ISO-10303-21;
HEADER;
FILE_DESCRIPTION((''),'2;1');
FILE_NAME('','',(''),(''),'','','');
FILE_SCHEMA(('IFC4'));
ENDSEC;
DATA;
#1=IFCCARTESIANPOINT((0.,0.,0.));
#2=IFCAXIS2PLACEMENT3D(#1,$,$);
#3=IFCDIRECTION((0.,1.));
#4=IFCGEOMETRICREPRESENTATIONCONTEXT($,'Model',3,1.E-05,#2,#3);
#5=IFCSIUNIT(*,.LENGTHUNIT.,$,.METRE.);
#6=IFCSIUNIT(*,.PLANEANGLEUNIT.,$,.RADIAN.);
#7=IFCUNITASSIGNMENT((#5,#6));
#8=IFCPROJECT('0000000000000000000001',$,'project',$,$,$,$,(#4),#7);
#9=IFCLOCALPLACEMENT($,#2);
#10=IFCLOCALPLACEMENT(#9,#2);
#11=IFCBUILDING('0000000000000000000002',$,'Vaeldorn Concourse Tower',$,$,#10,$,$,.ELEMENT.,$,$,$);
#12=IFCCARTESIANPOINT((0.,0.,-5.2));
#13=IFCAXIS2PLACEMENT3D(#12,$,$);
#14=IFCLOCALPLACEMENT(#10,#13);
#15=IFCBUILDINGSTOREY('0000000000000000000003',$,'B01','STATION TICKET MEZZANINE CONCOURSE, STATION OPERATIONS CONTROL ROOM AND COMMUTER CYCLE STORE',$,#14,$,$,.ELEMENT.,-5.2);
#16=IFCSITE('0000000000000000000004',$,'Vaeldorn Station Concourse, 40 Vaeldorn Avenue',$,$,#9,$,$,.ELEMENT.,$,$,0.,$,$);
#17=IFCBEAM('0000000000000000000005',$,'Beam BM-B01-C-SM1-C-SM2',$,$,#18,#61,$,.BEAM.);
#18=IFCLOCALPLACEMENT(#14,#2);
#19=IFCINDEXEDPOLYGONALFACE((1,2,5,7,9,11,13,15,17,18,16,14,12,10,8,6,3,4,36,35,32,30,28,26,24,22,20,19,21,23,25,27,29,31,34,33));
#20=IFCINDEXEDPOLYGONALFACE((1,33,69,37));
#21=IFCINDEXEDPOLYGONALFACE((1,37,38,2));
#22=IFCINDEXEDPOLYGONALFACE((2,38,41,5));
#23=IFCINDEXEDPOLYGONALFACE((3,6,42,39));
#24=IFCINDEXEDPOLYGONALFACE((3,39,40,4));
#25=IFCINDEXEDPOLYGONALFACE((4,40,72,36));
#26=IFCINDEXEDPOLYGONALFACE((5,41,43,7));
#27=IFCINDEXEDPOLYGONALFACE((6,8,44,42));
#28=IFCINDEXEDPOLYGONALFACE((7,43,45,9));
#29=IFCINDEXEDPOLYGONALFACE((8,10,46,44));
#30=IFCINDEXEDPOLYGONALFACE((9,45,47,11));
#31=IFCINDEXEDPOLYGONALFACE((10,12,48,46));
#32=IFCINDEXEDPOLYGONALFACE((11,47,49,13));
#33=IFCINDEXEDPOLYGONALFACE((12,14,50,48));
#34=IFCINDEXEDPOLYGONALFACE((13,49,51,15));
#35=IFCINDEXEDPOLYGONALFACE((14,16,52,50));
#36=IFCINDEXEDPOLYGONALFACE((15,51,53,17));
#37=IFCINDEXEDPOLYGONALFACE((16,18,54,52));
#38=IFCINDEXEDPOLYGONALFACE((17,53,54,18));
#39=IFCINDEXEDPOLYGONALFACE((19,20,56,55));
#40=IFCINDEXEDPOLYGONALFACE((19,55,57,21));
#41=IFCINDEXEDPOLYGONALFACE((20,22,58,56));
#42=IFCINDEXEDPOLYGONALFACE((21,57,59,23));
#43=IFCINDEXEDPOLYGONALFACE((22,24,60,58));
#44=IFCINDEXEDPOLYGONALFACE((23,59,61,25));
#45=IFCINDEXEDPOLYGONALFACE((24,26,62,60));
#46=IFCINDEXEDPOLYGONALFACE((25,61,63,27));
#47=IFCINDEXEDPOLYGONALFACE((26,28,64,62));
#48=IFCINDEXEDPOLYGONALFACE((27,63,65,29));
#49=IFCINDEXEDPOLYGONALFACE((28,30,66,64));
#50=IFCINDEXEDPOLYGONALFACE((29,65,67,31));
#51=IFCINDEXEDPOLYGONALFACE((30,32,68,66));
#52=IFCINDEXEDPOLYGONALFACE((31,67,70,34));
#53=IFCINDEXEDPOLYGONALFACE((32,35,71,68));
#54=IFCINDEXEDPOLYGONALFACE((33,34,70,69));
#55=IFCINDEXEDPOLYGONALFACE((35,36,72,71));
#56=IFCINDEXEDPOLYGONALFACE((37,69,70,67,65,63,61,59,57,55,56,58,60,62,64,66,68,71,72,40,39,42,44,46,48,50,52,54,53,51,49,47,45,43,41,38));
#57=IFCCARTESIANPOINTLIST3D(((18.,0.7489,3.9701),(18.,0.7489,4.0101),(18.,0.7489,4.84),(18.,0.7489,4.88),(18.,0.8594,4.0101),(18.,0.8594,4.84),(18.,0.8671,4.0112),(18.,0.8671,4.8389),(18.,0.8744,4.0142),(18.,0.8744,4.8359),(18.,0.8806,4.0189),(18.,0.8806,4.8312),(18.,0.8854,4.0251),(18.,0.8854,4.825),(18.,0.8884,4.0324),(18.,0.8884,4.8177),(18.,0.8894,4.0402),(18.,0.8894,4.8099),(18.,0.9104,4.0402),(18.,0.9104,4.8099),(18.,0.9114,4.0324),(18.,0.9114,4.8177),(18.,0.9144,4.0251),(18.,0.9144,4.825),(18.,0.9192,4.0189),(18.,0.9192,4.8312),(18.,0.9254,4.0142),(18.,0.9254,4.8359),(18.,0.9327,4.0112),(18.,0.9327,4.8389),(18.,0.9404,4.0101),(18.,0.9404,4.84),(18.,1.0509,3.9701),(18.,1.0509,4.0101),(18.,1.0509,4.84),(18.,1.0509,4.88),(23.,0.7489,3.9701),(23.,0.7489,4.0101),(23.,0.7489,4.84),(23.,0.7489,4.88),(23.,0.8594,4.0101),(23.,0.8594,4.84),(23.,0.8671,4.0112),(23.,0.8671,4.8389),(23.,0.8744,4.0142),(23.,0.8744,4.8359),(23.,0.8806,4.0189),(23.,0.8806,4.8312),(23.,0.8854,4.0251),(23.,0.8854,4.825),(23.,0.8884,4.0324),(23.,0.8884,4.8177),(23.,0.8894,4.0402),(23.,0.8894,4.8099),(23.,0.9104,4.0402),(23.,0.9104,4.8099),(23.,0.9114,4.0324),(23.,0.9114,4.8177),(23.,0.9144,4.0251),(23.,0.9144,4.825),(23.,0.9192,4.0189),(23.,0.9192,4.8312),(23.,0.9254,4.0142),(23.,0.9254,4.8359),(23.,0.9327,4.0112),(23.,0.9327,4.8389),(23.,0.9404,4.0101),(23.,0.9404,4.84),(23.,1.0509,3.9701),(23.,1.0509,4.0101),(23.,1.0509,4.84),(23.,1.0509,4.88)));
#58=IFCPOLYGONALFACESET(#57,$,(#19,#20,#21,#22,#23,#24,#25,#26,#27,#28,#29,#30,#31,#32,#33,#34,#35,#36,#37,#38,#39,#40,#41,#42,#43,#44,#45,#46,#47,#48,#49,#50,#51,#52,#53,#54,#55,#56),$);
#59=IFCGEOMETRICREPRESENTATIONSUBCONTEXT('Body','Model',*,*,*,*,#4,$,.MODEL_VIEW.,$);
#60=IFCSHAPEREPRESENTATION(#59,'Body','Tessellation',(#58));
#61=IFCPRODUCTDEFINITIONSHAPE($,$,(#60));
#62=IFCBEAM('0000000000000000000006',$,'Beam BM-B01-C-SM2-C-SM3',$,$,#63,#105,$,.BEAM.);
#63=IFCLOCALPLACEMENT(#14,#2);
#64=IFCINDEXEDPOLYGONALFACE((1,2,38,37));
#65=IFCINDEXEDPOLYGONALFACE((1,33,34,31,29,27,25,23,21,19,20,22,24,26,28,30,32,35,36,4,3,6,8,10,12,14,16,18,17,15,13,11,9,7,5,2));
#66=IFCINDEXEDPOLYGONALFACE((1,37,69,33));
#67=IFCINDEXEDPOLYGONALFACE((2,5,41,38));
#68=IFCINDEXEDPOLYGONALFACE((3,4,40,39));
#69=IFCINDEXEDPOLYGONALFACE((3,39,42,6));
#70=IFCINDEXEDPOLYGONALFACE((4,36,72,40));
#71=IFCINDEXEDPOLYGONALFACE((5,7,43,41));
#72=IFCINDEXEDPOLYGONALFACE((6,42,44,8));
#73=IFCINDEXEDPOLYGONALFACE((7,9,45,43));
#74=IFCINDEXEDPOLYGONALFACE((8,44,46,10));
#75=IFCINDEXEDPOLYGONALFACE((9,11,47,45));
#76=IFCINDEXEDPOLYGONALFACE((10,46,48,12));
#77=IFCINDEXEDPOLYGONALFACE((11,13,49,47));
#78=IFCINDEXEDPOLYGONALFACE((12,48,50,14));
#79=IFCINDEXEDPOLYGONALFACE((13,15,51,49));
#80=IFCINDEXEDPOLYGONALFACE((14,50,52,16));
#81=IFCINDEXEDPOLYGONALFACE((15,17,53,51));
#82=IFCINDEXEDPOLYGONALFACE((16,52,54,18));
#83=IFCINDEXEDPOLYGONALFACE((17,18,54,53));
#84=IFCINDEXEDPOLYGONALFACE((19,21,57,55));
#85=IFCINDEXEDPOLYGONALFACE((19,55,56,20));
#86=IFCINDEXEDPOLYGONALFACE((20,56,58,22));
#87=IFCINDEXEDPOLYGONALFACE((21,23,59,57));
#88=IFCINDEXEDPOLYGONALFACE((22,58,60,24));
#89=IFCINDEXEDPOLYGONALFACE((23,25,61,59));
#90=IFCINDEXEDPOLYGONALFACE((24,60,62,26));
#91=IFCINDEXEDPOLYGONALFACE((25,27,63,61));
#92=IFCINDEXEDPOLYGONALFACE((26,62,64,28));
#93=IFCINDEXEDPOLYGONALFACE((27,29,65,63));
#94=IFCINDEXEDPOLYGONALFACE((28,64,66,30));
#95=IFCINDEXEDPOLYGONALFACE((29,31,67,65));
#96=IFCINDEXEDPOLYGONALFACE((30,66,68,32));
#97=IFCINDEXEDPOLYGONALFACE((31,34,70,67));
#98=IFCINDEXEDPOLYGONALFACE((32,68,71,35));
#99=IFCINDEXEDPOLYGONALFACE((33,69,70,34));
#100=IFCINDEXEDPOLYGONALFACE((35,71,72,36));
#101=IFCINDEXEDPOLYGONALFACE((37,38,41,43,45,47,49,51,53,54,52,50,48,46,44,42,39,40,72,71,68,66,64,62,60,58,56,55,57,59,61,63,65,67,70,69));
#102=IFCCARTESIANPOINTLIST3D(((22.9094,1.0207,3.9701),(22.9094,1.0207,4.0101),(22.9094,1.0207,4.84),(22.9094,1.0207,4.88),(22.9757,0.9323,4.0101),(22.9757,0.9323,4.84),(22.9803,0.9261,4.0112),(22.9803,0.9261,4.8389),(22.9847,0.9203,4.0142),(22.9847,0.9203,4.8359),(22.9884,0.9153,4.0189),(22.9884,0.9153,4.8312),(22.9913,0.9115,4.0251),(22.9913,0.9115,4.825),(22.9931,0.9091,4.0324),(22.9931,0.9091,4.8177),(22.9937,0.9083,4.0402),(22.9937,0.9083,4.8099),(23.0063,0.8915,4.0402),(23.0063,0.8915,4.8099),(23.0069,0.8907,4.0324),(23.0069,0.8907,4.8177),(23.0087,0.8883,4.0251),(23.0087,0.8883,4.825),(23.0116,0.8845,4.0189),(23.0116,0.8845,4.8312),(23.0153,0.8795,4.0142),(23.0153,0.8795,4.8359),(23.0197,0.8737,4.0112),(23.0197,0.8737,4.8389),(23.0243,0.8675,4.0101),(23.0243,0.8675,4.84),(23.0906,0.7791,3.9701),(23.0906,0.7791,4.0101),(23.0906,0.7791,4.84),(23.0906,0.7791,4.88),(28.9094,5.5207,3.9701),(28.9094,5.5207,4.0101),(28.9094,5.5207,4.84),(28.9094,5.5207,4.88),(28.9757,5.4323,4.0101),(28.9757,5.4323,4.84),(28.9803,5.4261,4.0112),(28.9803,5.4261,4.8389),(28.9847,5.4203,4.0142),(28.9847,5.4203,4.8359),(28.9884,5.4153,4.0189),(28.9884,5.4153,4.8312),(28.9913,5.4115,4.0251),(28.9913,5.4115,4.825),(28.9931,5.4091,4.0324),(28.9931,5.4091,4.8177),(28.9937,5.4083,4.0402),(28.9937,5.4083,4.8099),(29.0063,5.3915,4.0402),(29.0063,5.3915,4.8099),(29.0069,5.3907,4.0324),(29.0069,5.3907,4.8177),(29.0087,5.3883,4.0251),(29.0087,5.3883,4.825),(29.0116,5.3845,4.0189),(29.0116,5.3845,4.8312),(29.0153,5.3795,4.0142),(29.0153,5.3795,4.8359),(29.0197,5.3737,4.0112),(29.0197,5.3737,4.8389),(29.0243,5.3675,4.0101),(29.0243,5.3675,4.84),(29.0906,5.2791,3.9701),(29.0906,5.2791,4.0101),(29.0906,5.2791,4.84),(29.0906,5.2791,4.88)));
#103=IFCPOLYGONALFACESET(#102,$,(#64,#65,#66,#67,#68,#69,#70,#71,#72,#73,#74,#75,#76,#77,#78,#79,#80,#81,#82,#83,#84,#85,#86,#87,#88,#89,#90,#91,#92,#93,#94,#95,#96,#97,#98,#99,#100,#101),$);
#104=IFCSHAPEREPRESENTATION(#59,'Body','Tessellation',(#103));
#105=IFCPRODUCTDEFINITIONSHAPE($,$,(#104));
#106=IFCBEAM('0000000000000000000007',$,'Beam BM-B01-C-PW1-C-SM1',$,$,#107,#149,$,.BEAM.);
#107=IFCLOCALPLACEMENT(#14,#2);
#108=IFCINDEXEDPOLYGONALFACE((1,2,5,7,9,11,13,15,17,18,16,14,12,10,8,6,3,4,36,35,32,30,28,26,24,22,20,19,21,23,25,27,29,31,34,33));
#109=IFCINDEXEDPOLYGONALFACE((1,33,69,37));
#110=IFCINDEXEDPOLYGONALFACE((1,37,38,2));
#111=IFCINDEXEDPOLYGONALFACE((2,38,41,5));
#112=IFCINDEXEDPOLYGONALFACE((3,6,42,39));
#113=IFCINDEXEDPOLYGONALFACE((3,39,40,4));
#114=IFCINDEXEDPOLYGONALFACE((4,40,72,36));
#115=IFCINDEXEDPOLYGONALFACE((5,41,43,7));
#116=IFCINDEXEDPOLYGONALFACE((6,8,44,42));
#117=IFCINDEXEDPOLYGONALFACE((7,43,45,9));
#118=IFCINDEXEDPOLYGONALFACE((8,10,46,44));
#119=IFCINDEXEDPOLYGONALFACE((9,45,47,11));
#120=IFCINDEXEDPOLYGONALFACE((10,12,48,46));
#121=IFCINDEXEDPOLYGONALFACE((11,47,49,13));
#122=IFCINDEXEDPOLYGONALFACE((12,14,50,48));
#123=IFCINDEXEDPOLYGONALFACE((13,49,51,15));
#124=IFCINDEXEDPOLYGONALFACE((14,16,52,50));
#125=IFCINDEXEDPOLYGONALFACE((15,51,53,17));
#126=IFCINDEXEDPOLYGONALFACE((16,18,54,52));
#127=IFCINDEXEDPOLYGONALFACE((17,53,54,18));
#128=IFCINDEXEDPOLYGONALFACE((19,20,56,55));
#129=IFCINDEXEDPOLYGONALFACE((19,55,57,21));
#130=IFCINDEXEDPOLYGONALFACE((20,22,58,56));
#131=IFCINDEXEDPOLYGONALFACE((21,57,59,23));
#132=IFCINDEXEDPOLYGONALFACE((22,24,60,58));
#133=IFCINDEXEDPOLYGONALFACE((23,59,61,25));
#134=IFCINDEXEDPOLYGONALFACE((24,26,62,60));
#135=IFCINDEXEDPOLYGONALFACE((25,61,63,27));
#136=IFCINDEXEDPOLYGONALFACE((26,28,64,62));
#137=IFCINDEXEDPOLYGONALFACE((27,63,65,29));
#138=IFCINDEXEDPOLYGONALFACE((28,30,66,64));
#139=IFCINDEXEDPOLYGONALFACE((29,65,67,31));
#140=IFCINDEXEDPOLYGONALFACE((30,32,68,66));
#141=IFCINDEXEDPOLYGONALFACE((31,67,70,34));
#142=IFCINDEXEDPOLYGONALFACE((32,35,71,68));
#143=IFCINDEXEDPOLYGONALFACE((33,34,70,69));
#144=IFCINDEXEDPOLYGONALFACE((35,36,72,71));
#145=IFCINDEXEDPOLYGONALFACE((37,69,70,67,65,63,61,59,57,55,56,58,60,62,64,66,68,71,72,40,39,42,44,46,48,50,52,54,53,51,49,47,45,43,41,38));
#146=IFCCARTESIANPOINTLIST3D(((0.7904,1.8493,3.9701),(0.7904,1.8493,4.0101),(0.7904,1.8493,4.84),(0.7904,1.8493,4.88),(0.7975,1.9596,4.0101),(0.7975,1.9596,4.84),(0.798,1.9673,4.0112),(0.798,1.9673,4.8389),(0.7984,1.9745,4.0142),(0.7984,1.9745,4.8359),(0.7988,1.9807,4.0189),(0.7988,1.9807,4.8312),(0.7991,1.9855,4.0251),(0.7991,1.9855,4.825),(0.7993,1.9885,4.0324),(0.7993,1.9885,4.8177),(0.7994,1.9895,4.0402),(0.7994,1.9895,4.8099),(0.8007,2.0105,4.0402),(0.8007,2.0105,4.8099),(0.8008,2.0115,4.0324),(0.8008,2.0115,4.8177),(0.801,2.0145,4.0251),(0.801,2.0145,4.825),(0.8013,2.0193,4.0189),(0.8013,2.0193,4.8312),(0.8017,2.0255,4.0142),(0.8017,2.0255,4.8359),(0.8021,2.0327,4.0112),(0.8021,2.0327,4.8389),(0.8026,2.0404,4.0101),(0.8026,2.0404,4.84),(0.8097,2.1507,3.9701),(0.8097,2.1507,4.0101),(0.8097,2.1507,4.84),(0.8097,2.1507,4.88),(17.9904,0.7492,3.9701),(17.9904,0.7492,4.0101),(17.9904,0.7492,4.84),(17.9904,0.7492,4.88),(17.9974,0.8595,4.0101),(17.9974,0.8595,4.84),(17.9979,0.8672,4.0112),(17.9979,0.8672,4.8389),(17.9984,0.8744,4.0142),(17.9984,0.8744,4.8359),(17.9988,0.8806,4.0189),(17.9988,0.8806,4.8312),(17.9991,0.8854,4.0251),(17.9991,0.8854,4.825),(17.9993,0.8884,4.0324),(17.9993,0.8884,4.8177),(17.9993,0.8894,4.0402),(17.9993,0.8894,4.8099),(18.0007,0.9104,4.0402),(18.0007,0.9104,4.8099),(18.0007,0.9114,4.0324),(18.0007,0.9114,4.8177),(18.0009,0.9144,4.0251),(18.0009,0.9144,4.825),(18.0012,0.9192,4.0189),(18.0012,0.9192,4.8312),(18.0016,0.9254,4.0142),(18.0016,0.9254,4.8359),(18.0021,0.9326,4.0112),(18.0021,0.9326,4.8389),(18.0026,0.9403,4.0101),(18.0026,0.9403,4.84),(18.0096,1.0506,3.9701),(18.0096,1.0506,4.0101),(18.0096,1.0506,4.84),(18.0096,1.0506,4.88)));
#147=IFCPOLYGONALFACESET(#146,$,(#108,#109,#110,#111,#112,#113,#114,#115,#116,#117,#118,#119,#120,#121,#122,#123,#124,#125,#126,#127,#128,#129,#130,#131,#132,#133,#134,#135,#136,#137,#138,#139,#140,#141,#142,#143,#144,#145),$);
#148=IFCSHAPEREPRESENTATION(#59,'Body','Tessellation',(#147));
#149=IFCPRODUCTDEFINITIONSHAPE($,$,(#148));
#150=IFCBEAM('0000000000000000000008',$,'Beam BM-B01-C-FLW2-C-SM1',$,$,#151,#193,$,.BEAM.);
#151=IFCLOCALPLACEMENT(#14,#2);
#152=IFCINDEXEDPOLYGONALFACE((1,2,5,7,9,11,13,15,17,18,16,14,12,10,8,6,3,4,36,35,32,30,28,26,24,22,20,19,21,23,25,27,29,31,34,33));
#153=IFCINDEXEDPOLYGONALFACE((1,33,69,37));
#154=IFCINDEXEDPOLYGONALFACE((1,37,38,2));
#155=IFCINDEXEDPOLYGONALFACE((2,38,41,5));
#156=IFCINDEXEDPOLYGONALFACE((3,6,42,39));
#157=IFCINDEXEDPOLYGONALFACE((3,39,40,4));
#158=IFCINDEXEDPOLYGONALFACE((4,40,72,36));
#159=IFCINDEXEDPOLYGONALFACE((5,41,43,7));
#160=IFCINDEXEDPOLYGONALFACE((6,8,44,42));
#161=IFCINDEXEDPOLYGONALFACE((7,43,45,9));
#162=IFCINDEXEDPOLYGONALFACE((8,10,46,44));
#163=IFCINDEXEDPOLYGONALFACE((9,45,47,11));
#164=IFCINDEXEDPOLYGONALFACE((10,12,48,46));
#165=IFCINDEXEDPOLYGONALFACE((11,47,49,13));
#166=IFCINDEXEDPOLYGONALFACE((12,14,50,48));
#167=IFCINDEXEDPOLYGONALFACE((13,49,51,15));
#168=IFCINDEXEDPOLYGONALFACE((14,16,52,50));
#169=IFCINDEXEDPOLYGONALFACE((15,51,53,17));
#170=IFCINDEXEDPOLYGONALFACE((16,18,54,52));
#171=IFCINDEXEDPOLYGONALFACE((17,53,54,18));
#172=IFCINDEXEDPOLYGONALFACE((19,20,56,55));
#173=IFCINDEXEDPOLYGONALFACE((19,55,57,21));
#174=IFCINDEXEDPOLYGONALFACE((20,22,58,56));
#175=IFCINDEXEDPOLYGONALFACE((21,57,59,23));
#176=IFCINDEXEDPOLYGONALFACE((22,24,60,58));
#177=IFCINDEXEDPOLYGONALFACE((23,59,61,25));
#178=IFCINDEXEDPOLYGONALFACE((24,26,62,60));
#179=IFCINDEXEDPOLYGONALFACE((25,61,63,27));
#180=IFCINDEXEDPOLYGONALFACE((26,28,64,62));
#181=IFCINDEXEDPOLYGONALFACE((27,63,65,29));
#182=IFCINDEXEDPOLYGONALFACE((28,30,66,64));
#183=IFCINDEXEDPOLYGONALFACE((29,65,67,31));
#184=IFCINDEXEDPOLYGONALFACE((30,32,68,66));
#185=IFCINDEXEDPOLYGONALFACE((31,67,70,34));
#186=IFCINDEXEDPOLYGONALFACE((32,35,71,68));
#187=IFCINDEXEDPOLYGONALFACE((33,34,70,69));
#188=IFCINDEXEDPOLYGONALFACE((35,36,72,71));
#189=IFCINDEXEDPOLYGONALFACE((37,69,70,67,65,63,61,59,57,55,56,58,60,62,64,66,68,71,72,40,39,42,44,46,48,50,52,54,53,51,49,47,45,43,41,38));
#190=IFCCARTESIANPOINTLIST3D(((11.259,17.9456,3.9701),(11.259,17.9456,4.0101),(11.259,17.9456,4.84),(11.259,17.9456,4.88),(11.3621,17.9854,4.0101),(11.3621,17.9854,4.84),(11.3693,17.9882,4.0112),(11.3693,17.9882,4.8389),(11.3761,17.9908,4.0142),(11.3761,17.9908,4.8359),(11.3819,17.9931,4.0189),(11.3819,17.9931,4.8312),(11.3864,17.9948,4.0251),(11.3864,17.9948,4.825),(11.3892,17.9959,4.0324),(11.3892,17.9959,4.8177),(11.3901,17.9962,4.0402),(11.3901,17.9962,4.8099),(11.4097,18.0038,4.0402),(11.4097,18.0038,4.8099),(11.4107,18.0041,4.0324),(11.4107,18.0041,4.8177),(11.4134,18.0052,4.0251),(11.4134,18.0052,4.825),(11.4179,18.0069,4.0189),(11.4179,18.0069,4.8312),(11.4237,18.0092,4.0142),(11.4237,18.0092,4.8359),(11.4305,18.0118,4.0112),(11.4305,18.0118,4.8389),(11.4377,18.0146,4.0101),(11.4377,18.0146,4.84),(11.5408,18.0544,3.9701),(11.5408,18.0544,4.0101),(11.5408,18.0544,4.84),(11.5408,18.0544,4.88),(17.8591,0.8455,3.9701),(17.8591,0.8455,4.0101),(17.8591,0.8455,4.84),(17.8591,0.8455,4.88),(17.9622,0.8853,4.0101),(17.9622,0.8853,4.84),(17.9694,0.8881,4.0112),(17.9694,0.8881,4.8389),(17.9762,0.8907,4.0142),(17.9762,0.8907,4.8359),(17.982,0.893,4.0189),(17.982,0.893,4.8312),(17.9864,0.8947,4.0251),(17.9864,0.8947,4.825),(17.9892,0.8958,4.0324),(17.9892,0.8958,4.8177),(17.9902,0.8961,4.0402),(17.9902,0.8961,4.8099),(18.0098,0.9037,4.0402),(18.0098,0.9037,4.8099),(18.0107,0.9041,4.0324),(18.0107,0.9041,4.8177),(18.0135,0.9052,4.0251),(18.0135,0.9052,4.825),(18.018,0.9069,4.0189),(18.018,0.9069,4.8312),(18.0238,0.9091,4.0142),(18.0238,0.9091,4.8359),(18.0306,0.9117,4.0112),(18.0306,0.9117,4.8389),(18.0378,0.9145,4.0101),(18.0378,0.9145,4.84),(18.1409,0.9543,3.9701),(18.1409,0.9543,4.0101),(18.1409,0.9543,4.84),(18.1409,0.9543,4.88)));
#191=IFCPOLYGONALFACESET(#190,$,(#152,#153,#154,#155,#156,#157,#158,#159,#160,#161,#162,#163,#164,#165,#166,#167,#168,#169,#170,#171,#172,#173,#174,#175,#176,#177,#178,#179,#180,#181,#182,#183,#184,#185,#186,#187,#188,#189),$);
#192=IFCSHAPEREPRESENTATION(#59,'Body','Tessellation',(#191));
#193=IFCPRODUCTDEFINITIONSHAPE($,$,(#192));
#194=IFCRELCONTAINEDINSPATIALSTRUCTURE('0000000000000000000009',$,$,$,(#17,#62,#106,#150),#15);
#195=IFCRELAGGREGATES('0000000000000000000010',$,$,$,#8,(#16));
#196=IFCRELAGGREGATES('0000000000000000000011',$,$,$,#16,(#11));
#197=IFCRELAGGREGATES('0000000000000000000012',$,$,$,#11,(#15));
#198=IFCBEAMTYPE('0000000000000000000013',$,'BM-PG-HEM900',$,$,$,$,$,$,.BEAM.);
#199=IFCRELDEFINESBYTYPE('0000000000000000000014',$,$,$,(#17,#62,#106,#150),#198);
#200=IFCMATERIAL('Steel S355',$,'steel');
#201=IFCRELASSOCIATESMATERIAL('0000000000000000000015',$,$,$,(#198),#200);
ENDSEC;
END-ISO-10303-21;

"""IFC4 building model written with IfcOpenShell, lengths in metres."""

from ifc_helpers import new_model, si_unit, direction, frame, origin, origin_2d, place, context, subcontext, project, spatial, i_section, extrude, source, transform, mapped, material, material_profile, profile_set, type_object, element, save


model = new_model("IFC4")

# Units and contexts
model_context = context("Model", 3, precision=1e-05, world=origin(), true_north=direction((0.0, 1.0)))
body_context = subcontext(model_context, "Body", "Model", "MODEL_VIEW")
ifc_project = project(units=[si_unit("LENGTHUNIT", "METRE"), si_unit("PLANEANGLEUNIT", "RADIAN")], contexts=[model_context])

# Site, building, storey
site_placement = place(None, origin())
site = spatial("IfcSite", under=ifc_project, at=site_placement, Name="Vaeldorn Station Concourse, 40 Vaeldorn Avenue", CompositionType="ELEMENT", RefElevation=0.0)
building_placement = place(site_placement, origin())
building = spatial("IfcBuilding", under=site, at=building_placement, Name="Vaeldorn Concourse Tower", CompositionType="ELEMENT")
storey_placement = place(building_placement, frame((0.0, 0.0, -5.2)))
storey = spatial("IfcBuildingStorey", under=building, at=storey_placement, Name="B01", Description="STATION TICKET MEZZANINE CONCOURSE, STATION OPERATIONS CONTROL ROOM AND COMMUTER CYCLE STORE", CompositionType="ELEMENT", Elevation=-5.2)

# Beams
ifc_material_1 = material(Name="Steel S355", Category="steel")
ifc_material_profile_1 = material_profile(ifc_material_1, i_section(OverallWidth=0.302, OverallDepth=0.9099, WebThickness=0.021, FlangeThickness=0.04, FilletRadius=0.03, at=origin_2d()), Name="HEM 900")
ifc_profile_set_1 = profile_set([ifc_material_profile_1], Name="Steel S355")
beam_type_1 = type_object("IfcBeamType", Name="BM-PG-HEM900", PredefinedType="BEAM", material=ifc_profile_set_1)
shared_shape_1 = source(origin(), body_context, "Body", "SweptSolid", [
    extrude(i_section(OverallWidth=0.302, OverallDepth=0.9099, WebThickness=0.021, FlangeThickness=0.04, FilletRadius=0.03, at=origin_2d()), origin(), (0.0, 0.0, 1.0), 5.0),
])
beam_1_placement = place(storey_placement, frame((18.0, 0.8999, 4.425), z_axis=(1.0, 0.0, 0.0), x_axis=(0.0, 1.0, 0.0)))
element("IfcBeam", 1, at=beam_1_placement, inside=storey, type_object=beam_type_1, Name="Beam BM-B01-C-SM1-C-SM2", PredefinedType="BEAM", context=body_context, shape_type="MappedRepresentation", body=[
    mapped(shared_shape_1, transform((0.0, 0.0, 0.0), scale=1.0)),
])
shared_shape_2 = source(origin(), body_context, "Body", "SweptSolid", [
    extrude(i_section(OverallWidth=0.302, OverallDepth=0.9099, WebThickness=0.021, FlangeThickness=0.04, FilletRadius=0.03, at=origin_2d()), origin(), (0.0, 0.0, 1.0), 7.5),
])
beam_2_placement = place(storey_placement, frame((23.0, 0.8999, 4.425), z_axis=(0.8, 0.6, 0.0), x_axis=(-0.6, 0.8, 0.0)))
element("IfcBeam", 2, at=beam_2_placement, inside=storey, type_object=beam_type_1, Name="Beam BM-B01-C-SM2-C-SM3", PredefinedType="BEAM", context=body_context, shape_type="MappedRepresentation", body=[
    mapped(shared_shape_2, transform((0.0, 0.0, 0.0), scale=1.0)),
])
shared_shape_3 = source(origin(), body_context, "Body", "SweptSolid", [
    extrude(i_section(OverallWidth=0.302, OverallDepth=0.9099, WebThickness=0.021, FlangeThickness=0.04, FilletRadius=0.03, at=origin_2d()), origin(), (0.0, 0.0, 1.0), 17.2351),
])
beam_3_placement = place(storey_placement, frame((0.8, 2.0, 4.425), z_axis=(0.997961, -0.063829, 0.0), x_axis=(0.063829, 0.997961, 0.0)))
element("IfcBeam", 3, at=beam_3_placement, inside=storey, type_object=beam_type_1, Name="Beam BM-B01-C-PW1-C-SM1", PredefinedType="BEAM", context=body_context, shape_type="MappedRepresentation", body=[
    mapped(shared_shape_3, transform((0.0, 0.0, 0.0), scale=1.0)),
])
shared_shape_4 = source(origin(), body_context, "Body", "SweptSolid", [
    extrude(i_section(OverallWidth=0.302, OverallDepth=0.9099, WebThickness=0.021, FlangeThickness=0.04, FilletRadius=0.03, at=origin_2d()), origin(), (0.0, 0.0, 1.0), 18.3296),
])
beam_4_placement = place(storey_placement, frame((11.3999, 18.0, 4.425), z_axis=(0.360078, -0.932922, 0.0), x_axis=(0.932922, 0.360078, 0.0)))
element("IfcBeam", 4, at=beam_4_placement, inside=storey, type_object=beam_type_1, Name="Beam BM-B01-C-FLW2-C-SM1", PredefinedType="BEAM", context=body_context, shape_type="MappedRepresentation", body=[
    mapped(shared_shape_4, transform((0.0, 0.0, 0.0), scale=1.0)),
])

save(model, "model.ifc")
